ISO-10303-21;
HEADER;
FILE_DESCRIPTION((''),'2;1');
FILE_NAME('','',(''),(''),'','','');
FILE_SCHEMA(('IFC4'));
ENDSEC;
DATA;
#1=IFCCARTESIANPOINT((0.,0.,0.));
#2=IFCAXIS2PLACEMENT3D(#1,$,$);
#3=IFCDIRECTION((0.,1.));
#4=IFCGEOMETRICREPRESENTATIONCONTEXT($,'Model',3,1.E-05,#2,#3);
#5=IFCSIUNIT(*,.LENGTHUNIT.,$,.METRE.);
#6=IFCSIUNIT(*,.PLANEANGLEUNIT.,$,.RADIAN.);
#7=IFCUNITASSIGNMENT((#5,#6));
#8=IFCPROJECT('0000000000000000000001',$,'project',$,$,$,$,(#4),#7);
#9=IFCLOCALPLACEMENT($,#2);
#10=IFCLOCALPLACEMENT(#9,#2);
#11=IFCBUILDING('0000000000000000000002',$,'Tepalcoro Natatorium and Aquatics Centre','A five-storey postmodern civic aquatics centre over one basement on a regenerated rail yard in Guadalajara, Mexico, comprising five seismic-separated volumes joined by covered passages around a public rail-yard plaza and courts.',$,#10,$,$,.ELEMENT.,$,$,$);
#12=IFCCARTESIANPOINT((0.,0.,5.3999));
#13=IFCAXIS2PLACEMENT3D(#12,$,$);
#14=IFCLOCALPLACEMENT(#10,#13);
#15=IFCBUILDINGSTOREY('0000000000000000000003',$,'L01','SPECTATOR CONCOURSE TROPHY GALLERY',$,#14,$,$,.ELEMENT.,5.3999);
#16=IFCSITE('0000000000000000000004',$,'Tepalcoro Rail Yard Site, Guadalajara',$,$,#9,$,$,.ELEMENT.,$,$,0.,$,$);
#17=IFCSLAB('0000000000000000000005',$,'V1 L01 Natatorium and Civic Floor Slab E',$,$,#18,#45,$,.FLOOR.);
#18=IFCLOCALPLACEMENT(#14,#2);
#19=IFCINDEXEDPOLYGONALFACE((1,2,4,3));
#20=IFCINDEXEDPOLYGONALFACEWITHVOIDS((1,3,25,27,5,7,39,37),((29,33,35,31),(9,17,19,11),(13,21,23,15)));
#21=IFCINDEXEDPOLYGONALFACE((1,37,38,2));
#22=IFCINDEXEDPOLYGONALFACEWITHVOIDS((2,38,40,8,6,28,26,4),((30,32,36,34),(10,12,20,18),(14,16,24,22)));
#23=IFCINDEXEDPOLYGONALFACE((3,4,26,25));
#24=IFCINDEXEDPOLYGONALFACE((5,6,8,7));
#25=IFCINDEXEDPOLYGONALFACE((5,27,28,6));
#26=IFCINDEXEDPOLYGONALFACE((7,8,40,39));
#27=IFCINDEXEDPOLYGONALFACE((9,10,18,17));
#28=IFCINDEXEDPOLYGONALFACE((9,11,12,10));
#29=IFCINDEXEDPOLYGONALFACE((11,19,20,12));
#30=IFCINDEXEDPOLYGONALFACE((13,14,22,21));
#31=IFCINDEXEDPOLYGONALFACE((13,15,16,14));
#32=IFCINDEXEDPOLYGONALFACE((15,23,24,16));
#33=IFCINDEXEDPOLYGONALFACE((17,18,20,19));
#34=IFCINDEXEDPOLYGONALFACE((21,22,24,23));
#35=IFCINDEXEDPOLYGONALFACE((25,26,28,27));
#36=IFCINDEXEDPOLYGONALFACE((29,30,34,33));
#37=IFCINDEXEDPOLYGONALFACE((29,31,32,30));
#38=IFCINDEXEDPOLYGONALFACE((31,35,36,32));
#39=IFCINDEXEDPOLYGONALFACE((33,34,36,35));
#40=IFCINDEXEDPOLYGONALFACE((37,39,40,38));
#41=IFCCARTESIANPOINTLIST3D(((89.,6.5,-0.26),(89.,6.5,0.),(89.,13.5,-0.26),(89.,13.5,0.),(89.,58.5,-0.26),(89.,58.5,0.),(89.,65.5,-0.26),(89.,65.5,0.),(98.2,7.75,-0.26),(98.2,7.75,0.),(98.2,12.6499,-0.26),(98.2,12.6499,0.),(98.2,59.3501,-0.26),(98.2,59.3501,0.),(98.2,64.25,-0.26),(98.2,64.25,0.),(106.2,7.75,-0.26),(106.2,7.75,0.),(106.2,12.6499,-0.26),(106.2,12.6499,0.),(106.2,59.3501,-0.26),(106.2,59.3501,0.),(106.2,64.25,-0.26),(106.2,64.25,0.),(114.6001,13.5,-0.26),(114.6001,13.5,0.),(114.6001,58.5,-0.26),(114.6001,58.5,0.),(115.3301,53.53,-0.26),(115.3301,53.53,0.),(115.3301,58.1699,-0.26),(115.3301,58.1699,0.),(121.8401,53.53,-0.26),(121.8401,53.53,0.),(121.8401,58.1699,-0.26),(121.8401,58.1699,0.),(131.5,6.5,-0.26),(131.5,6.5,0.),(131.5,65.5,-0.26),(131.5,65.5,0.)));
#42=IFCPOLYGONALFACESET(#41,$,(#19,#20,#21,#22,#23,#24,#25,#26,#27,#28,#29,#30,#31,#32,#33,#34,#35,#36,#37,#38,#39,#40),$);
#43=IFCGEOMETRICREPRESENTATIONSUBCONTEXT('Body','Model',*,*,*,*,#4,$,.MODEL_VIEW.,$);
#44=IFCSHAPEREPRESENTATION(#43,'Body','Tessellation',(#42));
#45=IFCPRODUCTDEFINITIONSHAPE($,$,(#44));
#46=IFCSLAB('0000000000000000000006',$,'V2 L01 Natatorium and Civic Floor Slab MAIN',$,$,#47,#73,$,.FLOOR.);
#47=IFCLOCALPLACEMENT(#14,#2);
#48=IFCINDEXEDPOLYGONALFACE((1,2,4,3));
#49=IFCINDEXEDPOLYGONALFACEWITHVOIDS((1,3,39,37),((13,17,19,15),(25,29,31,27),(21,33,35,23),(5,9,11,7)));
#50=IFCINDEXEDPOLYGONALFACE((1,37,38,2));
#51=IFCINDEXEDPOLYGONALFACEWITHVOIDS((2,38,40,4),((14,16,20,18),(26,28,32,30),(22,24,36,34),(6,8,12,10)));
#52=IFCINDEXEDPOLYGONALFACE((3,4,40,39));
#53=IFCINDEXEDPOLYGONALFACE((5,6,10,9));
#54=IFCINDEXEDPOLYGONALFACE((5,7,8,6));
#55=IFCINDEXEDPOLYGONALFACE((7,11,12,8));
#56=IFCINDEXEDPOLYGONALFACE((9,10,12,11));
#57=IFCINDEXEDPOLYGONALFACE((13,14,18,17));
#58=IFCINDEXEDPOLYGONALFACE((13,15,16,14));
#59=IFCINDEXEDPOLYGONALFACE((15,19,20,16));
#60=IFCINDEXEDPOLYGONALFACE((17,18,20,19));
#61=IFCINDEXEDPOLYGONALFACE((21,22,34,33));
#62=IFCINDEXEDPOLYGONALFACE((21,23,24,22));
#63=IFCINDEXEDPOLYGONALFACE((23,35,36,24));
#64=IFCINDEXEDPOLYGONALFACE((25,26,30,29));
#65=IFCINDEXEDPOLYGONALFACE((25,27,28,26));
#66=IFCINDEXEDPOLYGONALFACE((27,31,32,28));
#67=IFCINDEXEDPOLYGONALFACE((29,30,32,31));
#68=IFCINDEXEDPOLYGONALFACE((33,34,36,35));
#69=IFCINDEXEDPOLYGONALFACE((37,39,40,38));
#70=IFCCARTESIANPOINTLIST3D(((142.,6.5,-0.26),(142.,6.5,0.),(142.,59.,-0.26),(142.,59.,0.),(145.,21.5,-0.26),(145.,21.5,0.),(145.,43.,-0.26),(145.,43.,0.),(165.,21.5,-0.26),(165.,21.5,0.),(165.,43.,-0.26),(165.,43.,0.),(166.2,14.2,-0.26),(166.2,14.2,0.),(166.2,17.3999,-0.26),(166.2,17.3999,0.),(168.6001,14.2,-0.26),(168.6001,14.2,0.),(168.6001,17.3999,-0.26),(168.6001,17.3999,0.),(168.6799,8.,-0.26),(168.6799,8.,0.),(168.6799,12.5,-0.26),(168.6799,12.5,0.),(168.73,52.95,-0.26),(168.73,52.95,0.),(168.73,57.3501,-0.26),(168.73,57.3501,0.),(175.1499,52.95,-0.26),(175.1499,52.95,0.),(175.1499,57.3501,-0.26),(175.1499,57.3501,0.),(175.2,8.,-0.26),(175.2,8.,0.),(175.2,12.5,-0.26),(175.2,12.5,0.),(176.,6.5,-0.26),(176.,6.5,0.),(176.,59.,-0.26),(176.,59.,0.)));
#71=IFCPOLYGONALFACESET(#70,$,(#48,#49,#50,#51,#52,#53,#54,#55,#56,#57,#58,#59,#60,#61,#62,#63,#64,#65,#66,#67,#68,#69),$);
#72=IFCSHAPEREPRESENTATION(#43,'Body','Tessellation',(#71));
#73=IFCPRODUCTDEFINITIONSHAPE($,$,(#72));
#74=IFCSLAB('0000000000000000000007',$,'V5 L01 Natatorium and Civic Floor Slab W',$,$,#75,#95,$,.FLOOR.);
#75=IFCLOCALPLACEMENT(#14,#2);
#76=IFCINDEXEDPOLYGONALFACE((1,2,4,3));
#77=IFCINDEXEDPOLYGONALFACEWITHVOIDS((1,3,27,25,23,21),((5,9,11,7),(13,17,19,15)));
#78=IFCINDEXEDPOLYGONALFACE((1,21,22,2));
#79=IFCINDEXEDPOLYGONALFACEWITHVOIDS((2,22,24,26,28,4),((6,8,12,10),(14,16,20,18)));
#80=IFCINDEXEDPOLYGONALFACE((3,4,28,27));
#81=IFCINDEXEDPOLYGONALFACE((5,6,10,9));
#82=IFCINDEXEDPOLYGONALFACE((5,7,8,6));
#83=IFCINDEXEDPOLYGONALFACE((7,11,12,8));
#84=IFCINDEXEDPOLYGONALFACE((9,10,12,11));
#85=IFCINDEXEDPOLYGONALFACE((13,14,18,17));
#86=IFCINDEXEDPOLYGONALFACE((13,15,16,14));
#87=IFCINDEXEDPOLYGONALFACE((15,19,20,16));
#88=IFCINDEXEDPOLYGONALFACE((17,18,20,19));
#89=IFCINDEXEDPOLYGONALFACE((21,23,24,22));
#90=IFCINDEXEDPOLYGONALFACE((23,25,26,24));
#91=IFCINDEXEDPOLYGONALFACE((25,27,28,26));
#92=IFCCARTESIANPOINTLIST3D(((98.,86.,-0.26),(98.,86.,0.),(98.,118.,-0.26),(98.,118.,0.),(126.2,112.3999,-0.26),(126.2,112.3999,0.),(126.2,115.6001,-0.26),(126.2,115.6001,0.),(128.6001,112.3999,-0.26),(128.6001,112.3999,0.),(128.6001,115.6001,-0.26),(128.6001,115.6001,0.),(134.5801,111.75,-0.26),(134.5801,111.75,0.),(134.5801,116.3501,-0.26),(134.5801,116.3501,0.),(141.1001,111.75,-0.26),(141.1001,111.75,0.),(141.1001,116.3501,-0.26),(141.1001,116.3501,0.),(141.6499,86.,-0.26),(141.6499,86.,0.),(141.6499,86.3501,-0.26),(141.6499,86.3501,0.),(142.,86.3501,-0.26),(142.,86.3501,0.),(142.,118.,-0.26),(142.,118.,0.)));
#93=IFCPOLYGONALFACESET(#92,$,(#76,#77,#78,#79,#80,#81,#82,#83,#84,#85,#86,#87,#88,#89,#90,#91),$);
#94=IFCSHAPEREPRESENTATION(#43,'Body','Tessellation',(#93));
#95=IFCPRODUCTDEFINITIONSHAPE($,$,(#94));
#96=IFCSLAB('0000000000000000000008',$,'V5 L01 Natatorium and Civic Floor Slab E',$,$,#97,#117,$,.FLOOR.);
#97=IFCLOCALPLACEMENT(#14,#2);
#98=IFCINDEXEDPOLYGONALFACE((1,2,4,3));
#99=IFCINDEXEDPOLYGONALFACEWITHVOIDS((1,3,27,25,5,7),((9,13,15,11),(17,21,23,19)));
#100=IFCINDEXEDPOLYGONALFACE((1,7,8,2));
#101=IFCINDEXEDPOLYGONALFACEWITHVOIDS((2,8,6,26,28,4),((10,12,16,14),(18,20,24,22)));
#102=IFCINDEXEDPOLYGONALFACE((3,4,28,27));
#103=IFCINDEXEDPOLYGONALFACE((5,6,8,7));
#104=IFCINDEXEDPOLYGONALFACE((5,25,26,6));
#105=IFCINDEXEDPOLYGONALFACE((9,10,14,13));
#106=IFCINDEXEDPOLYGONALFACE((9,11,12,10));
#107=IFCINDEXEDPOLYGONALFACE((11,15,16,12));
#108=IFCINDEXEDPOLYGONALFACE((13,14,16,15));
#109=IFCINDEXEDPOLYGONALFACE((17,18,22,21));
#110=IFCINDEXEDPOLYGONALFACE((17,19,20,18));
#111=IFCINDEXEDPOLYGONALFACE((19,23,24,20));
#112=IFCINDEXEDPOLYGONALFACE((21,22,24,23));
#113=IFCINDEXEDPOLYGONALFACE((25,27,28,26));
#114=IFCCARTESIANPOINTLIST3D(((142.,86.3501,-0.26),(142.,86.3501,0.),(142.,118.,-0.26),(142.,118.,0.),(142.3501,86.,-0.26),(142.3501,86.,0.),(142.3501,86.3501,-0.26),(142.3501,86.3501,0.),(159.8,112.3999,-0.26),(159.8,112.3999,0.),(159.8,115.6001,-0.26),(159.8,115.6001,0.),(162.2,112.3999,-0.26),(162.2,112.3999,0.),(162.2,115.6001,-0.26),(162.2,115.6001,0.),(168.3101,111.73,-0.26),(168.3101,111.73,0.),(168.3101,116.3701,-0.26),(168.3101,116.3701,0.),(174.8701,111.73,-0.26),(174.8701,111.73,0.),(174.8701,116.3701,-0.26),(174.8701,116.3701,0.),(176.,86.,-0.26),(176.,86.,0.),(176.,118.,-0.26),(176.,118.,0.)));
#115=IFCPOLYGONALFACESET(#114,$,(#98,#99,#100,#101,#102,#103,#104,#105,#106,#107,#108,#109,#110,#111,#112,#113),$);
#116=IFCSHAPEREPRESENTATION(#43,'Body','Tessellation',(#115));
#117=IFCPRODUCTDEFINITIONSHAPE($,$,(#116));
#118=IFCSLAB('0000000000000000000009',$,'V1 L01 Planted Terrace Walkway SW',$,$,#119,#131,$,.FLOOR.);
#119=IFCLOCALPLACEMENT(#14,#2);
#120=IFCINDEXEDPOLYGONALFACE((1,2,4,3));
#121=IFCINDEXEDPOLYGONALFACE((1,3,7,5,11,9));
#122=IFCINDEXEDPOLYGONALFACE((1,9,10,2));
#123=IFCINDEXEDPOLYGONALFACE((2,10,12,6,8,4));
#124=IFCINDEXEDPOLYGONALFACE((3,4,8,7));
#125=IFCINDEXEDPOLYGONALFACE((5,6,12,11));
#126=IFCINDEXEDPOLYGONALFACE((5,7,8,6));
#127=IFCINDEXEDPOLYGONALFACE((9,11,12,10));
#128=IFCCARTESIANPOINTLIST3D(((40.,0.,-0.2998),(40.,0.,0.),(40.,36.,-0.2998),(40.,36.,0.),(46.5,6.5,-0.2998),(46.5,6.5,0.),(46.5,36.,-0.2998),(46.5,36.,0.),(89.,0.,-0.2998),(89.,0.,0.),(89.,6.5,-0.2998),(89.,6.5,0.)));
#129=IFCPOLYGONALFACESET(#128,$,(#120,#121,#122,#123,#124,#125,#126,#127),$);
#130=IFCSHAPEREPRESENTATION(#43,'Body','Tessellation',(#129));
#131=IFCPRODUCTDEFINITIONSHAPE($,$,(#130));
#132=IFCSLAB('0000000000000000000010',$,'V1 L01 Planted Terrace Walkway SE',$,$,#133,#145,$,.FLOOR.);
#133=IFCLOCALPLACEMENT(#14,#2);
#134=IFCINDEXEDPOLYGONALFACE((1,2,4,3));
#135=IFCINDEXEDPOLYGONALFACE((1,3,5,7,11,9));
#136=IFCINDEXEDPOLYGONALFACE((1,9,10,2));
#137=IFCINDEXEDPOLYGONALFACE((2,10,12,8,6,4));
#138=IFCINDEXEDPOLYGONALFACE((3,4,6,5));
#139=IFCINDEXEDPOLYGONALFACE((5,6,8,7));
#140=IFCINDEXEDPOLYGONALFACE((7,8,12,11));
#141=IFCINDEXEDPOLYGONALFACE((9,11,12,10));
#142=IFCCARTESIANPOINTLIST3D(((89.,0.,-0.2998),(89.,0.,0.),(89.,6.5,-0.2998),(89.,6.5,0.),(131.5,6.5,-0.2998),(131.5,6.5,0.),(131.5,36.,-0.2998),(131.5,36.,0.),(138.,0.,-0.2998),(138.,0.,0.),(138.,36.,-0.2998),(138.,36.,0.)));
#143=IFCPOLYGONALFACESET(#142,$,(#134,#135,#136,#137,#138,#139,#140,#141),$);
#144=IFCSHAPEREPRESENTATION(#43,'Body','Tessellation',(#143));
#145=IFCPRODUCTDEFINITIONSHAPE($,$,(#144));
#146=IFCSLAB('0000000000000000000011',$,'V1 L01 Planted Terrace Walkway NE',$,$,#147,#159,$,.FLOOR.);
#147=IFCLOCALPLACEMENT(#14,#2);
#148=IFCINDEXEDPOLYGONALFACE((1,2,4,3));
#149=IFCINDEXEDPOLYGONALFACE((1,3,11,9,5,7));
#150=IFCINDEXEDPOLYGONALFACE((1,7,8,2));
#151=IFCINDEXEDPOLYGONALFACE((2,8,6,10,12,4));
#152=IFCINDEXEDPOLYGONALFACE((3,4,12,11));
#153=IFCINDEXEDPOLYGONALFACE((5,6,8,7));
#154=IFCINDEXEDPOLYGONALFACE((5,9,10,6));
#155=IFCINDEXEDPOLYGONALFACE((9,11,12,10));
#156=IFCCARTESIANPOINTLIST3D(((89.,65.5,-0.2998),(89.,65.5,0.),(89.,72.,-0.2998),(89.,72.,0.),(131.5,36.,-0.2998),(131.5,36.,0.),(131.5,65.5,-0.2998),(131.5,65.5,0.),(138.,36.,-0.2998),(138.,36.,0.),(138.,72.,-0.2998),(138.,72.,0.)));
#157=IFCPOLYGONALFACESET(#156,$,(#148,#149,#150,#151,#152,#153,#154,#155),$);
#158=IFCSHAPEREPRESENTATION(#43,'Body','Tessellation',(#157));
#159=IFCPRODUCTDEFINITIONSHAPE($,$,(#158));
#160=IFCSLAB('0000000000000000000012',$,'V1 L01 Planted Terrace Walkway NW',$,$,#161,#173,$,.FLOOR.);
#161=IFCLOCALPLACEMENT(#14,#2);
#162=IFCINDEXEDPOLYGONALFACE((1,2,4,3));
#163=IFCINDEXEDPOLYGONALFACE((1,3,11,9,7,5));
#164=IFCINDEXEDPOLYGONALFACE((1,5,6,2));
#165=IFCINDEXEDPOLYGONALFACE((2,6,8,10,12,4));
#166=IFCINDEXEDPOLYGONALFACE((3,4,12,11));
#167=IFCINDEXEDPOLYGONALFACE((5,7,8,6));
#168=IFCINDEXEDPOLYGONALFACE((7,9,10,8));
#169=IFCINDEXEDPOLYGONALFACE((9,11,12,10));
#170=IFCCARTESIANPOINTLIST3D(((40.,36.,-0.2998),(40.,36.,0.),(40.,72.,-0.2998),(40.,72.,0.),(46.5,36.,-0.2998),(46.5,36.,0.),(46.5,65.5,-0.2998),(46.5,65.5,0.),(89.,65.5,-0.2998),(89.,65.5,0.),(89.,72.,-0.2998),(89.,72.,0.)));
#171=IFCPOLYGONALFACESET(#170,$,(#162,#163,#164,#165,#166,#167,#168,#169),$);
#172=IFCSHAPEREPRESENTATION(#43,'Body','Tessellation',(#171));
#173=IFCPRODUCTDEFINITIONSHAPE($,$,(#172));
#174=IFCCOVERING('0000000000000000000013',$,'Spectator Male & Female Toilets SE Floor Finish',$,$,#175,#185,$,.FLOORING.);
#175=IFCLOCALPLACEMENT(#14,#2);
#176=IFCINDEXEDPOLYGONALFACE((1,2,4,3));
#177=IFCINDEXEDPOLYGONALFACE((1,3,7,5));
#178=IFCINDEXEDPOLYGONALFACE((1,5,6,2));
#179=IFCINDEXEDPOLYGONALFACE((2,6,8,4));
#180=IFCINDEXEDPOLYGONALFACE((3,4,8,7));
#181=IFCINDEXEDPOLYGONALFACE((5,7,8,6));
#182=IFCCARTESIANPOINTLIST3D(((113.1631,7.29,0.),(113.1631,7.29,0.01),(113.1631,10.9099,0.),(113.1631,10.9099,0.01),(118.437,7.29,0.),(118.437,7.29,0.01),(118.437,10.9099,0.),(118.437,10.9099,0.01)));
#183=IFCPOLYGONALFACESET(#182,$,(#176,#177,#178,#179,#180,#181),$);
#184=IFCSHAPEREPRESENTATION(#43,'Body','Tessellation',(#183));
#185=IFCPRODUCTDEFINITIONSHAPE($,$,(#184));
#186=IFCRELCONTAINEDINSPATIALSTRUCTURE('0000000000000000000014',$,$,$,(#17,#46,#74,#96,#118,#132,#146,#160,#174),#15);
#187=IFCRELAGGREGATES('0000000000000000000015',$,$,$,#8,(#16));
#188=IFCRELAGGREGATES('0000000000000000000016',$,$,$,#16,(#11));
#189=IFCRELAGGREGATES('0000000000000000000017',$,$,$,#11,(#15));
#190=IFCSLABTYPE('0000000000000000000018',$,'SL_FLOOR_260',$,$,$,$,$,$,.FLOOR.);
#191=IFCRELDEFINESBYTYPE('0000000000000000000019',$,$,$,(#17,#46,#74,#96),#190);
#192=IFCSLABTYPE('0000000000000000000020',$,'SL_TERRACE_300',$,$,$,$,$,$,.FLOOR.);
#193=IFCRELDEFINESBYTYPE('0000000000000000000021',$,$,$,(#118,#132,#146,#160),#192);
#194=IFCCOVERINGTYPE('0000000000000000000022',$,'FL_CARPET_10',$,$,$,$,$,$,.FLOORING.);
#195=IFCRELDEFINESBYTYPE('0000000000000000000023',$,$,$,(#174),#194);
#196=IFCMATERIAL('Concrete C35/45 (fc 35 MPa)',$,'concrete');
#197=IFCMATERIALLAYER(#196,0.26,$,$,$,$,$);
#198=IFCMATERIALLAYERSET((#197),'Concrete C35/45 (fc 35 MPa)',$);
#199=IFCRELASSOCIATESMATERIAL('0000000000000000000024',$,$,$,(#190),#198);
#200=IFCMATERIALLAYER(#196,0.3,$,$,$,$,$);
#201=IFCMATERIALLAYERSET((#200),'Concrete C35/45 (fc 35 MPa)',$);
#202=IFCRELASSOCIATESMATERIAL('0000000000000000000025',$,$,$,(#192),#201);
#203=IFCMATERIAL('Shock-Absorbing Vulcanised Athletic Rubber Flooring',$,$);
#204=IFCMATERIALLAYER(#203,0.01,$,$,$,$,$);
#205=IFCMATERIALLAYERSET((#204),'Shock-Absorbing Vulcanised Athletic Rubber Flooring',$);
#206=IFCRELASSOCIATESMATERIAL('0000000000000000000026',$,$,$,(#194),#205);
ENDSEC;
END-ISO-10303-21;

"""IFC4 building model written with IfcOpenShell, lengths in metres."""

from ifc_helpers import new_model, si_unit, direction, frame, origin, place, context, subcontext, project, spatial, polyline, outline, extrude, material, layer, layer_set, type_object, element, save


model = new_model("IFC4")

# Units and contexts
model_context = context("Model", 3, precision=1e-05, world=origin(), true_north=direction((0.0, 1.0)))
body_context = subcontext(model_context, "Body", "Model", "MODEL_VIEW")
ifc_project = project(units=[si_unit("LENGTHUNIT", "METRE"), si_unit("PLANEANGLEUNIT", "RADIAN")], contexts=[model_context])

# Site, building, storey
site_placement = place(None, origin())
site = spatial("IfcSite", under=ifc_project, at=site_placement, Name="Tepalcoro Rail Yard Site, Guadalajara", CompositionType="ELEMENT", RefElevation=0.0)
building_placement = place(site_placement, origin())
building = spatial("IfcBuilding", under=site, at=building_placement, Name="Tepalcoro Natatorium and Aquatics Centre", Description="A five-storey postmodern civic aquatics centre over one basement on a regenerated rail yard in Guadalajara, Mexico, comprising five seismic-separated volumes joined by covered passages around a public rail-yard plaza and courts.", CompositionType="ELEMENT")
storey_placement = place(building_placement, frame((0.0, 0.0, 5.3999)))
storey = spatial("IfcBuildingStorey", under=building, at=storey_placement, Name="L01", Description="SPECTATOR CONCOURSE TROPHY GALLERY", CompositionType="ELEMENT", Elevation=5.3999)

# Slabs
ifc_material_1 = material(Name="Concrete C35/45 (fc 35 MPa)", Category="concrete")
ifc_layer_1 = layer(ifc_material_1, 0.26)
ifc_layer_set_1 = layer_set([ifc_layer_1], Name="Concrete C35/45 (fc 35 MPa)")
slab_type_1 = type_object("IfcSlabType", Name="SL_FLOOR_260", PredefinedType="FLOOR", material=ifc_layer_set_1)
slab_1_placement = place(storey_placement, frame((0.0, 0.0, -0.26)))
element("IfcSlab", 1, at=slab_1_placement, inside=storey, type_object=slab_type_1, Name="V1 L01 Natatorium and Civic Floor Slab E", PredefinedType="FLOOR", context=body_context, shape_type="SweptSolid", body=[
    extrude(outline(polyline([(89.0, 6.5), (89.0, 13.5), (114.6001, 13.5), (114.6001, 58.5), (89.0, 58.5), (89.0, 65.5), (131.5, 65.5), (131.5, 6.5), (89.0, 6.5)]), holes=[polyline([(98.2, 12.6499), (98.2, 7.75), (106.2, 7.75), (106.2, 12.6499), (98.2, 12.6499)]), polyline([(106.2, 59.3501), (106.2, 64.25), (98.2, 64.25), (98.2, 59.3501), (106.2, 59.3501)]), polyline([(115.3301, 58.1699), (115.3301, 53.53), (121.8401, 53.53), (121.8401, 58.1699), (115.3301, 58.1699)])]), origin(), (0.0, 0.0, 1.0), 0.26),
])
slab_2_placement = place(storey_placement, frame((0.0, 0.0, -0.26)))
element("IfcSlab", 2, at=slab_2_placement, inside=storey, type_object=slab_type_1, Name="V2 L01 Natatorium and Civic Floor Slab MAIN", PredefinedType="FLOOR", context=body_context, shape_type="SweptSolid", body=[
    extrude(outline(polyline([(176.0, 6.5), (142.0, 6.5), (142.0, 59.0), (176.0, 59.0), (176.0, 6.5)]), holes=[polyline([(145.0, 21.5), (165.0, 21.5), (165.0, 43.0), (145.0, 43.0), (145.0, 21.5)]), polyline([(168.6799, 12.5), (168.6799, 8.0), (175.2, 8.0), (175.2, 12.5), (168.6799, 12.5)]), polyline([(175.1499, 57.3501), (168.73, 57.3501), (168.73, 52.95), (175.1499, 52.95), (175.1499, 57.3501)]), polyline([(168.6001, 14.2), (168.6001, 17.3999), (166.2, 17.3999), (166.2, 14.2), (168.6001, 14.2)])]), origin(), (0.0, 0.0, 1.0), 0.26),
])
slab_3_placement = place(storey_placement, frame((0.0, 0.0, -0.26)))
element("IfcSlab", 3, at=slab_3_placement, inside=storey, type_object=slab_type_1, Name="V5 L01 Natatorium and Civic Floor Slab W", PredefinedType="FLOOR", context=body_context, shape_type="SweptSolid", body=[
    extrude(outline(polyline([(141.6499, 86.3501), (141.6499, 86.0), (98.0, 86.0), (98.0, 118.0), (142.0, 118.0), (142.0, 86.3501), (141.6499, 86.3501)]), holes=[polyline([(141.1001, 116.3501), (134.5801, 116.3501), (134.5801, 111.75), (141.1001, 111.75), (141.1001, 116.3501)]), polyline([(126.2, 112.3999), (128.6001, 112.3999), (128.6001, 115.6001), (126.2, 115.6001), (126.2, 112.3999)])]), origin(), (0.0, 0.0, 1.0), 0.26),
])
slab_4_placement = place(storey_placement, frame((0.0, 0.0, -0.26)))
element("IfcSlab", 4, at=slab_4_placement, inside=storey, type_object=slab_type_1, Name="V5 L01 Natatorium and Civic Floor Slab E", PredefinedType="FLOOR", context=body_context, shape_type="SweptSolid", body=[
    extrude(outline(polyline([(142.3501, 86.3501), (142.0, 86.3501), (142.0, 118.0), (176.0, 118.0), (176.0, 86.0), (142.3501, 86.0), (142.3501, 86.3501)]), holes=[polyline([(174.8701, 111.73), (174.8701, 116.3701), (168.3101, 116.3701), (168.3101, 111.73), (174.8701, 111.73)]), polyline([(159.8, 115.6001), (159.8, 112.3999), (162.2, 112.3999), (162.2, 115.6001), (159.8, 115.6001)])]), origin(), (0.0, 0.0, 1.0), 0.26),
])
ifc_layer_2 = layer(ifc_material_1, 0.3)
ifc_layer_set_2 = layer_set([ifc_layer_2], Name="Concrete C35/45 (fc 35 MPa)")
slab_type_2 = type_object("IfcSlabType", Name="SL_TERRACE_300", PredefinedType="FLOOR", material=ifc_layer_set_2)
slab_5_placement = place(storey_placement, frame((0.0, 0.0, -0.2998)))
element("IfcSlab", 5, at=slab_5_placement, inside=storey, type_object=slab_type_2, Name="V1 L01 Planted Terrace Walkway SW", PredefinedType="FLOOR", context=body_context, shape_type="SweptSolid", body=[
    extrude(outline(polyline([(40.0, 36.0), (46.5, 36.0), (46.5, 6.5), (89.0, 6.5), (89.0, 0.0), (40.0, 0.0), (40.0, 36.0)])), origin(), (0.0, 0.0, 1.0), 0.2998),
])
slab_6_placement = place(storey_placement, frame((0.0, 0.0, -0.2998)))
element("IfcSlab", 6, at=slab_6_placement, inside=storey, type_object=slab_type_2, Name="V1 L01 Planted Terrace Walkway SE", PredefinedType="FLOOR", context=body_context, shape_type="SweptSolid", body=[
    extrude(outline(polyline([(138.0, 0.0), (89.0, 0.0), (89.0, 6.5), (131.5, 6.5), (131.5, 36.0), (138.0, 36.0), (138.0, 0.0)])), origin(), (0.0, 0.0, 1.0), 0.2998),
])
slab_7_placement = place(storey_placement, frame((0.0, 0.0, -0.2998)))
element("IfcSlab", 7, at=slab_7_placement, inside=storey, type_object=slab_type_2, Name="V1 L01 Planted Terrace Walkway NE", PredefinedType="FLOOR", context=body_context, shape_type="SweptSolid", body=[
    extrude(outline(polyline([(138.0, 72.0), (138.0, 36.0), (131.5, 36.0), (131.5, 65.5), (89.0, 65.5), (89.0, 72.0), (138.0, 72.0)])), origin(), (0.0, 0.0, 1.0), 0.2998),
])
slab_8_placement = place(storey_placement, frame((0.0, 0.0, -0.2998)))
element("IfcSlab", 8, at=slab_8_placement, inside=storey, type_object=slab_type_2, Name="V1 L01 Planted Terrace Walkway NW", PredefinedType="FLOOR", context=body_context, shape_type="SweptSolid", body=[
    extrude(outline(polyline([(40.0, 72.0), (89.0, 72.0), (89.0, 65.5), (46.5, 65.5), (46.5, 36.0), (40.0, 36.0), (40.0, 72.0)])), origin(), (0.0, 0.0, 1.0), 0.2998),
])

# Covering
ifc_material_2 = material(Name="Shock-Absorbing Vulcanised Athletic Rubber Flooring")
ifc_layer_3 = layer(ifc_material_2, 0.01)
ifc_layer_set_3 = layer_set([ifc_layer_3], Name="Shock-Absorbing Vulcanised Athletic Rubber Flooring")
covering_type_1 = type_object("IfcCoveringType", Name="FL_CARPET_10", PredefinedType="FLOORING", material=ifc_layer_set_3)
covering_1_placement = place(storey_placement, origin())
element("IfcCovering", 9, at=covering_1_placement, inside=storey, type_object=covering_type_1, Name="Spectator Male & Female Toilets SE Floor Finish", PredefinedType="FLOORING", context=body_context, shape_type="SweptSolid", body=[
    extrude(outline(polyline([(113.1631, 7.29), (113.1631, 10.9099), (118.437, 10.9099), (118.437, 7.29), (113.1631, 7.29)])), origin(), (0.0, 0.0, 1.0), 0.01),
])

save(model, "model.ifc")
